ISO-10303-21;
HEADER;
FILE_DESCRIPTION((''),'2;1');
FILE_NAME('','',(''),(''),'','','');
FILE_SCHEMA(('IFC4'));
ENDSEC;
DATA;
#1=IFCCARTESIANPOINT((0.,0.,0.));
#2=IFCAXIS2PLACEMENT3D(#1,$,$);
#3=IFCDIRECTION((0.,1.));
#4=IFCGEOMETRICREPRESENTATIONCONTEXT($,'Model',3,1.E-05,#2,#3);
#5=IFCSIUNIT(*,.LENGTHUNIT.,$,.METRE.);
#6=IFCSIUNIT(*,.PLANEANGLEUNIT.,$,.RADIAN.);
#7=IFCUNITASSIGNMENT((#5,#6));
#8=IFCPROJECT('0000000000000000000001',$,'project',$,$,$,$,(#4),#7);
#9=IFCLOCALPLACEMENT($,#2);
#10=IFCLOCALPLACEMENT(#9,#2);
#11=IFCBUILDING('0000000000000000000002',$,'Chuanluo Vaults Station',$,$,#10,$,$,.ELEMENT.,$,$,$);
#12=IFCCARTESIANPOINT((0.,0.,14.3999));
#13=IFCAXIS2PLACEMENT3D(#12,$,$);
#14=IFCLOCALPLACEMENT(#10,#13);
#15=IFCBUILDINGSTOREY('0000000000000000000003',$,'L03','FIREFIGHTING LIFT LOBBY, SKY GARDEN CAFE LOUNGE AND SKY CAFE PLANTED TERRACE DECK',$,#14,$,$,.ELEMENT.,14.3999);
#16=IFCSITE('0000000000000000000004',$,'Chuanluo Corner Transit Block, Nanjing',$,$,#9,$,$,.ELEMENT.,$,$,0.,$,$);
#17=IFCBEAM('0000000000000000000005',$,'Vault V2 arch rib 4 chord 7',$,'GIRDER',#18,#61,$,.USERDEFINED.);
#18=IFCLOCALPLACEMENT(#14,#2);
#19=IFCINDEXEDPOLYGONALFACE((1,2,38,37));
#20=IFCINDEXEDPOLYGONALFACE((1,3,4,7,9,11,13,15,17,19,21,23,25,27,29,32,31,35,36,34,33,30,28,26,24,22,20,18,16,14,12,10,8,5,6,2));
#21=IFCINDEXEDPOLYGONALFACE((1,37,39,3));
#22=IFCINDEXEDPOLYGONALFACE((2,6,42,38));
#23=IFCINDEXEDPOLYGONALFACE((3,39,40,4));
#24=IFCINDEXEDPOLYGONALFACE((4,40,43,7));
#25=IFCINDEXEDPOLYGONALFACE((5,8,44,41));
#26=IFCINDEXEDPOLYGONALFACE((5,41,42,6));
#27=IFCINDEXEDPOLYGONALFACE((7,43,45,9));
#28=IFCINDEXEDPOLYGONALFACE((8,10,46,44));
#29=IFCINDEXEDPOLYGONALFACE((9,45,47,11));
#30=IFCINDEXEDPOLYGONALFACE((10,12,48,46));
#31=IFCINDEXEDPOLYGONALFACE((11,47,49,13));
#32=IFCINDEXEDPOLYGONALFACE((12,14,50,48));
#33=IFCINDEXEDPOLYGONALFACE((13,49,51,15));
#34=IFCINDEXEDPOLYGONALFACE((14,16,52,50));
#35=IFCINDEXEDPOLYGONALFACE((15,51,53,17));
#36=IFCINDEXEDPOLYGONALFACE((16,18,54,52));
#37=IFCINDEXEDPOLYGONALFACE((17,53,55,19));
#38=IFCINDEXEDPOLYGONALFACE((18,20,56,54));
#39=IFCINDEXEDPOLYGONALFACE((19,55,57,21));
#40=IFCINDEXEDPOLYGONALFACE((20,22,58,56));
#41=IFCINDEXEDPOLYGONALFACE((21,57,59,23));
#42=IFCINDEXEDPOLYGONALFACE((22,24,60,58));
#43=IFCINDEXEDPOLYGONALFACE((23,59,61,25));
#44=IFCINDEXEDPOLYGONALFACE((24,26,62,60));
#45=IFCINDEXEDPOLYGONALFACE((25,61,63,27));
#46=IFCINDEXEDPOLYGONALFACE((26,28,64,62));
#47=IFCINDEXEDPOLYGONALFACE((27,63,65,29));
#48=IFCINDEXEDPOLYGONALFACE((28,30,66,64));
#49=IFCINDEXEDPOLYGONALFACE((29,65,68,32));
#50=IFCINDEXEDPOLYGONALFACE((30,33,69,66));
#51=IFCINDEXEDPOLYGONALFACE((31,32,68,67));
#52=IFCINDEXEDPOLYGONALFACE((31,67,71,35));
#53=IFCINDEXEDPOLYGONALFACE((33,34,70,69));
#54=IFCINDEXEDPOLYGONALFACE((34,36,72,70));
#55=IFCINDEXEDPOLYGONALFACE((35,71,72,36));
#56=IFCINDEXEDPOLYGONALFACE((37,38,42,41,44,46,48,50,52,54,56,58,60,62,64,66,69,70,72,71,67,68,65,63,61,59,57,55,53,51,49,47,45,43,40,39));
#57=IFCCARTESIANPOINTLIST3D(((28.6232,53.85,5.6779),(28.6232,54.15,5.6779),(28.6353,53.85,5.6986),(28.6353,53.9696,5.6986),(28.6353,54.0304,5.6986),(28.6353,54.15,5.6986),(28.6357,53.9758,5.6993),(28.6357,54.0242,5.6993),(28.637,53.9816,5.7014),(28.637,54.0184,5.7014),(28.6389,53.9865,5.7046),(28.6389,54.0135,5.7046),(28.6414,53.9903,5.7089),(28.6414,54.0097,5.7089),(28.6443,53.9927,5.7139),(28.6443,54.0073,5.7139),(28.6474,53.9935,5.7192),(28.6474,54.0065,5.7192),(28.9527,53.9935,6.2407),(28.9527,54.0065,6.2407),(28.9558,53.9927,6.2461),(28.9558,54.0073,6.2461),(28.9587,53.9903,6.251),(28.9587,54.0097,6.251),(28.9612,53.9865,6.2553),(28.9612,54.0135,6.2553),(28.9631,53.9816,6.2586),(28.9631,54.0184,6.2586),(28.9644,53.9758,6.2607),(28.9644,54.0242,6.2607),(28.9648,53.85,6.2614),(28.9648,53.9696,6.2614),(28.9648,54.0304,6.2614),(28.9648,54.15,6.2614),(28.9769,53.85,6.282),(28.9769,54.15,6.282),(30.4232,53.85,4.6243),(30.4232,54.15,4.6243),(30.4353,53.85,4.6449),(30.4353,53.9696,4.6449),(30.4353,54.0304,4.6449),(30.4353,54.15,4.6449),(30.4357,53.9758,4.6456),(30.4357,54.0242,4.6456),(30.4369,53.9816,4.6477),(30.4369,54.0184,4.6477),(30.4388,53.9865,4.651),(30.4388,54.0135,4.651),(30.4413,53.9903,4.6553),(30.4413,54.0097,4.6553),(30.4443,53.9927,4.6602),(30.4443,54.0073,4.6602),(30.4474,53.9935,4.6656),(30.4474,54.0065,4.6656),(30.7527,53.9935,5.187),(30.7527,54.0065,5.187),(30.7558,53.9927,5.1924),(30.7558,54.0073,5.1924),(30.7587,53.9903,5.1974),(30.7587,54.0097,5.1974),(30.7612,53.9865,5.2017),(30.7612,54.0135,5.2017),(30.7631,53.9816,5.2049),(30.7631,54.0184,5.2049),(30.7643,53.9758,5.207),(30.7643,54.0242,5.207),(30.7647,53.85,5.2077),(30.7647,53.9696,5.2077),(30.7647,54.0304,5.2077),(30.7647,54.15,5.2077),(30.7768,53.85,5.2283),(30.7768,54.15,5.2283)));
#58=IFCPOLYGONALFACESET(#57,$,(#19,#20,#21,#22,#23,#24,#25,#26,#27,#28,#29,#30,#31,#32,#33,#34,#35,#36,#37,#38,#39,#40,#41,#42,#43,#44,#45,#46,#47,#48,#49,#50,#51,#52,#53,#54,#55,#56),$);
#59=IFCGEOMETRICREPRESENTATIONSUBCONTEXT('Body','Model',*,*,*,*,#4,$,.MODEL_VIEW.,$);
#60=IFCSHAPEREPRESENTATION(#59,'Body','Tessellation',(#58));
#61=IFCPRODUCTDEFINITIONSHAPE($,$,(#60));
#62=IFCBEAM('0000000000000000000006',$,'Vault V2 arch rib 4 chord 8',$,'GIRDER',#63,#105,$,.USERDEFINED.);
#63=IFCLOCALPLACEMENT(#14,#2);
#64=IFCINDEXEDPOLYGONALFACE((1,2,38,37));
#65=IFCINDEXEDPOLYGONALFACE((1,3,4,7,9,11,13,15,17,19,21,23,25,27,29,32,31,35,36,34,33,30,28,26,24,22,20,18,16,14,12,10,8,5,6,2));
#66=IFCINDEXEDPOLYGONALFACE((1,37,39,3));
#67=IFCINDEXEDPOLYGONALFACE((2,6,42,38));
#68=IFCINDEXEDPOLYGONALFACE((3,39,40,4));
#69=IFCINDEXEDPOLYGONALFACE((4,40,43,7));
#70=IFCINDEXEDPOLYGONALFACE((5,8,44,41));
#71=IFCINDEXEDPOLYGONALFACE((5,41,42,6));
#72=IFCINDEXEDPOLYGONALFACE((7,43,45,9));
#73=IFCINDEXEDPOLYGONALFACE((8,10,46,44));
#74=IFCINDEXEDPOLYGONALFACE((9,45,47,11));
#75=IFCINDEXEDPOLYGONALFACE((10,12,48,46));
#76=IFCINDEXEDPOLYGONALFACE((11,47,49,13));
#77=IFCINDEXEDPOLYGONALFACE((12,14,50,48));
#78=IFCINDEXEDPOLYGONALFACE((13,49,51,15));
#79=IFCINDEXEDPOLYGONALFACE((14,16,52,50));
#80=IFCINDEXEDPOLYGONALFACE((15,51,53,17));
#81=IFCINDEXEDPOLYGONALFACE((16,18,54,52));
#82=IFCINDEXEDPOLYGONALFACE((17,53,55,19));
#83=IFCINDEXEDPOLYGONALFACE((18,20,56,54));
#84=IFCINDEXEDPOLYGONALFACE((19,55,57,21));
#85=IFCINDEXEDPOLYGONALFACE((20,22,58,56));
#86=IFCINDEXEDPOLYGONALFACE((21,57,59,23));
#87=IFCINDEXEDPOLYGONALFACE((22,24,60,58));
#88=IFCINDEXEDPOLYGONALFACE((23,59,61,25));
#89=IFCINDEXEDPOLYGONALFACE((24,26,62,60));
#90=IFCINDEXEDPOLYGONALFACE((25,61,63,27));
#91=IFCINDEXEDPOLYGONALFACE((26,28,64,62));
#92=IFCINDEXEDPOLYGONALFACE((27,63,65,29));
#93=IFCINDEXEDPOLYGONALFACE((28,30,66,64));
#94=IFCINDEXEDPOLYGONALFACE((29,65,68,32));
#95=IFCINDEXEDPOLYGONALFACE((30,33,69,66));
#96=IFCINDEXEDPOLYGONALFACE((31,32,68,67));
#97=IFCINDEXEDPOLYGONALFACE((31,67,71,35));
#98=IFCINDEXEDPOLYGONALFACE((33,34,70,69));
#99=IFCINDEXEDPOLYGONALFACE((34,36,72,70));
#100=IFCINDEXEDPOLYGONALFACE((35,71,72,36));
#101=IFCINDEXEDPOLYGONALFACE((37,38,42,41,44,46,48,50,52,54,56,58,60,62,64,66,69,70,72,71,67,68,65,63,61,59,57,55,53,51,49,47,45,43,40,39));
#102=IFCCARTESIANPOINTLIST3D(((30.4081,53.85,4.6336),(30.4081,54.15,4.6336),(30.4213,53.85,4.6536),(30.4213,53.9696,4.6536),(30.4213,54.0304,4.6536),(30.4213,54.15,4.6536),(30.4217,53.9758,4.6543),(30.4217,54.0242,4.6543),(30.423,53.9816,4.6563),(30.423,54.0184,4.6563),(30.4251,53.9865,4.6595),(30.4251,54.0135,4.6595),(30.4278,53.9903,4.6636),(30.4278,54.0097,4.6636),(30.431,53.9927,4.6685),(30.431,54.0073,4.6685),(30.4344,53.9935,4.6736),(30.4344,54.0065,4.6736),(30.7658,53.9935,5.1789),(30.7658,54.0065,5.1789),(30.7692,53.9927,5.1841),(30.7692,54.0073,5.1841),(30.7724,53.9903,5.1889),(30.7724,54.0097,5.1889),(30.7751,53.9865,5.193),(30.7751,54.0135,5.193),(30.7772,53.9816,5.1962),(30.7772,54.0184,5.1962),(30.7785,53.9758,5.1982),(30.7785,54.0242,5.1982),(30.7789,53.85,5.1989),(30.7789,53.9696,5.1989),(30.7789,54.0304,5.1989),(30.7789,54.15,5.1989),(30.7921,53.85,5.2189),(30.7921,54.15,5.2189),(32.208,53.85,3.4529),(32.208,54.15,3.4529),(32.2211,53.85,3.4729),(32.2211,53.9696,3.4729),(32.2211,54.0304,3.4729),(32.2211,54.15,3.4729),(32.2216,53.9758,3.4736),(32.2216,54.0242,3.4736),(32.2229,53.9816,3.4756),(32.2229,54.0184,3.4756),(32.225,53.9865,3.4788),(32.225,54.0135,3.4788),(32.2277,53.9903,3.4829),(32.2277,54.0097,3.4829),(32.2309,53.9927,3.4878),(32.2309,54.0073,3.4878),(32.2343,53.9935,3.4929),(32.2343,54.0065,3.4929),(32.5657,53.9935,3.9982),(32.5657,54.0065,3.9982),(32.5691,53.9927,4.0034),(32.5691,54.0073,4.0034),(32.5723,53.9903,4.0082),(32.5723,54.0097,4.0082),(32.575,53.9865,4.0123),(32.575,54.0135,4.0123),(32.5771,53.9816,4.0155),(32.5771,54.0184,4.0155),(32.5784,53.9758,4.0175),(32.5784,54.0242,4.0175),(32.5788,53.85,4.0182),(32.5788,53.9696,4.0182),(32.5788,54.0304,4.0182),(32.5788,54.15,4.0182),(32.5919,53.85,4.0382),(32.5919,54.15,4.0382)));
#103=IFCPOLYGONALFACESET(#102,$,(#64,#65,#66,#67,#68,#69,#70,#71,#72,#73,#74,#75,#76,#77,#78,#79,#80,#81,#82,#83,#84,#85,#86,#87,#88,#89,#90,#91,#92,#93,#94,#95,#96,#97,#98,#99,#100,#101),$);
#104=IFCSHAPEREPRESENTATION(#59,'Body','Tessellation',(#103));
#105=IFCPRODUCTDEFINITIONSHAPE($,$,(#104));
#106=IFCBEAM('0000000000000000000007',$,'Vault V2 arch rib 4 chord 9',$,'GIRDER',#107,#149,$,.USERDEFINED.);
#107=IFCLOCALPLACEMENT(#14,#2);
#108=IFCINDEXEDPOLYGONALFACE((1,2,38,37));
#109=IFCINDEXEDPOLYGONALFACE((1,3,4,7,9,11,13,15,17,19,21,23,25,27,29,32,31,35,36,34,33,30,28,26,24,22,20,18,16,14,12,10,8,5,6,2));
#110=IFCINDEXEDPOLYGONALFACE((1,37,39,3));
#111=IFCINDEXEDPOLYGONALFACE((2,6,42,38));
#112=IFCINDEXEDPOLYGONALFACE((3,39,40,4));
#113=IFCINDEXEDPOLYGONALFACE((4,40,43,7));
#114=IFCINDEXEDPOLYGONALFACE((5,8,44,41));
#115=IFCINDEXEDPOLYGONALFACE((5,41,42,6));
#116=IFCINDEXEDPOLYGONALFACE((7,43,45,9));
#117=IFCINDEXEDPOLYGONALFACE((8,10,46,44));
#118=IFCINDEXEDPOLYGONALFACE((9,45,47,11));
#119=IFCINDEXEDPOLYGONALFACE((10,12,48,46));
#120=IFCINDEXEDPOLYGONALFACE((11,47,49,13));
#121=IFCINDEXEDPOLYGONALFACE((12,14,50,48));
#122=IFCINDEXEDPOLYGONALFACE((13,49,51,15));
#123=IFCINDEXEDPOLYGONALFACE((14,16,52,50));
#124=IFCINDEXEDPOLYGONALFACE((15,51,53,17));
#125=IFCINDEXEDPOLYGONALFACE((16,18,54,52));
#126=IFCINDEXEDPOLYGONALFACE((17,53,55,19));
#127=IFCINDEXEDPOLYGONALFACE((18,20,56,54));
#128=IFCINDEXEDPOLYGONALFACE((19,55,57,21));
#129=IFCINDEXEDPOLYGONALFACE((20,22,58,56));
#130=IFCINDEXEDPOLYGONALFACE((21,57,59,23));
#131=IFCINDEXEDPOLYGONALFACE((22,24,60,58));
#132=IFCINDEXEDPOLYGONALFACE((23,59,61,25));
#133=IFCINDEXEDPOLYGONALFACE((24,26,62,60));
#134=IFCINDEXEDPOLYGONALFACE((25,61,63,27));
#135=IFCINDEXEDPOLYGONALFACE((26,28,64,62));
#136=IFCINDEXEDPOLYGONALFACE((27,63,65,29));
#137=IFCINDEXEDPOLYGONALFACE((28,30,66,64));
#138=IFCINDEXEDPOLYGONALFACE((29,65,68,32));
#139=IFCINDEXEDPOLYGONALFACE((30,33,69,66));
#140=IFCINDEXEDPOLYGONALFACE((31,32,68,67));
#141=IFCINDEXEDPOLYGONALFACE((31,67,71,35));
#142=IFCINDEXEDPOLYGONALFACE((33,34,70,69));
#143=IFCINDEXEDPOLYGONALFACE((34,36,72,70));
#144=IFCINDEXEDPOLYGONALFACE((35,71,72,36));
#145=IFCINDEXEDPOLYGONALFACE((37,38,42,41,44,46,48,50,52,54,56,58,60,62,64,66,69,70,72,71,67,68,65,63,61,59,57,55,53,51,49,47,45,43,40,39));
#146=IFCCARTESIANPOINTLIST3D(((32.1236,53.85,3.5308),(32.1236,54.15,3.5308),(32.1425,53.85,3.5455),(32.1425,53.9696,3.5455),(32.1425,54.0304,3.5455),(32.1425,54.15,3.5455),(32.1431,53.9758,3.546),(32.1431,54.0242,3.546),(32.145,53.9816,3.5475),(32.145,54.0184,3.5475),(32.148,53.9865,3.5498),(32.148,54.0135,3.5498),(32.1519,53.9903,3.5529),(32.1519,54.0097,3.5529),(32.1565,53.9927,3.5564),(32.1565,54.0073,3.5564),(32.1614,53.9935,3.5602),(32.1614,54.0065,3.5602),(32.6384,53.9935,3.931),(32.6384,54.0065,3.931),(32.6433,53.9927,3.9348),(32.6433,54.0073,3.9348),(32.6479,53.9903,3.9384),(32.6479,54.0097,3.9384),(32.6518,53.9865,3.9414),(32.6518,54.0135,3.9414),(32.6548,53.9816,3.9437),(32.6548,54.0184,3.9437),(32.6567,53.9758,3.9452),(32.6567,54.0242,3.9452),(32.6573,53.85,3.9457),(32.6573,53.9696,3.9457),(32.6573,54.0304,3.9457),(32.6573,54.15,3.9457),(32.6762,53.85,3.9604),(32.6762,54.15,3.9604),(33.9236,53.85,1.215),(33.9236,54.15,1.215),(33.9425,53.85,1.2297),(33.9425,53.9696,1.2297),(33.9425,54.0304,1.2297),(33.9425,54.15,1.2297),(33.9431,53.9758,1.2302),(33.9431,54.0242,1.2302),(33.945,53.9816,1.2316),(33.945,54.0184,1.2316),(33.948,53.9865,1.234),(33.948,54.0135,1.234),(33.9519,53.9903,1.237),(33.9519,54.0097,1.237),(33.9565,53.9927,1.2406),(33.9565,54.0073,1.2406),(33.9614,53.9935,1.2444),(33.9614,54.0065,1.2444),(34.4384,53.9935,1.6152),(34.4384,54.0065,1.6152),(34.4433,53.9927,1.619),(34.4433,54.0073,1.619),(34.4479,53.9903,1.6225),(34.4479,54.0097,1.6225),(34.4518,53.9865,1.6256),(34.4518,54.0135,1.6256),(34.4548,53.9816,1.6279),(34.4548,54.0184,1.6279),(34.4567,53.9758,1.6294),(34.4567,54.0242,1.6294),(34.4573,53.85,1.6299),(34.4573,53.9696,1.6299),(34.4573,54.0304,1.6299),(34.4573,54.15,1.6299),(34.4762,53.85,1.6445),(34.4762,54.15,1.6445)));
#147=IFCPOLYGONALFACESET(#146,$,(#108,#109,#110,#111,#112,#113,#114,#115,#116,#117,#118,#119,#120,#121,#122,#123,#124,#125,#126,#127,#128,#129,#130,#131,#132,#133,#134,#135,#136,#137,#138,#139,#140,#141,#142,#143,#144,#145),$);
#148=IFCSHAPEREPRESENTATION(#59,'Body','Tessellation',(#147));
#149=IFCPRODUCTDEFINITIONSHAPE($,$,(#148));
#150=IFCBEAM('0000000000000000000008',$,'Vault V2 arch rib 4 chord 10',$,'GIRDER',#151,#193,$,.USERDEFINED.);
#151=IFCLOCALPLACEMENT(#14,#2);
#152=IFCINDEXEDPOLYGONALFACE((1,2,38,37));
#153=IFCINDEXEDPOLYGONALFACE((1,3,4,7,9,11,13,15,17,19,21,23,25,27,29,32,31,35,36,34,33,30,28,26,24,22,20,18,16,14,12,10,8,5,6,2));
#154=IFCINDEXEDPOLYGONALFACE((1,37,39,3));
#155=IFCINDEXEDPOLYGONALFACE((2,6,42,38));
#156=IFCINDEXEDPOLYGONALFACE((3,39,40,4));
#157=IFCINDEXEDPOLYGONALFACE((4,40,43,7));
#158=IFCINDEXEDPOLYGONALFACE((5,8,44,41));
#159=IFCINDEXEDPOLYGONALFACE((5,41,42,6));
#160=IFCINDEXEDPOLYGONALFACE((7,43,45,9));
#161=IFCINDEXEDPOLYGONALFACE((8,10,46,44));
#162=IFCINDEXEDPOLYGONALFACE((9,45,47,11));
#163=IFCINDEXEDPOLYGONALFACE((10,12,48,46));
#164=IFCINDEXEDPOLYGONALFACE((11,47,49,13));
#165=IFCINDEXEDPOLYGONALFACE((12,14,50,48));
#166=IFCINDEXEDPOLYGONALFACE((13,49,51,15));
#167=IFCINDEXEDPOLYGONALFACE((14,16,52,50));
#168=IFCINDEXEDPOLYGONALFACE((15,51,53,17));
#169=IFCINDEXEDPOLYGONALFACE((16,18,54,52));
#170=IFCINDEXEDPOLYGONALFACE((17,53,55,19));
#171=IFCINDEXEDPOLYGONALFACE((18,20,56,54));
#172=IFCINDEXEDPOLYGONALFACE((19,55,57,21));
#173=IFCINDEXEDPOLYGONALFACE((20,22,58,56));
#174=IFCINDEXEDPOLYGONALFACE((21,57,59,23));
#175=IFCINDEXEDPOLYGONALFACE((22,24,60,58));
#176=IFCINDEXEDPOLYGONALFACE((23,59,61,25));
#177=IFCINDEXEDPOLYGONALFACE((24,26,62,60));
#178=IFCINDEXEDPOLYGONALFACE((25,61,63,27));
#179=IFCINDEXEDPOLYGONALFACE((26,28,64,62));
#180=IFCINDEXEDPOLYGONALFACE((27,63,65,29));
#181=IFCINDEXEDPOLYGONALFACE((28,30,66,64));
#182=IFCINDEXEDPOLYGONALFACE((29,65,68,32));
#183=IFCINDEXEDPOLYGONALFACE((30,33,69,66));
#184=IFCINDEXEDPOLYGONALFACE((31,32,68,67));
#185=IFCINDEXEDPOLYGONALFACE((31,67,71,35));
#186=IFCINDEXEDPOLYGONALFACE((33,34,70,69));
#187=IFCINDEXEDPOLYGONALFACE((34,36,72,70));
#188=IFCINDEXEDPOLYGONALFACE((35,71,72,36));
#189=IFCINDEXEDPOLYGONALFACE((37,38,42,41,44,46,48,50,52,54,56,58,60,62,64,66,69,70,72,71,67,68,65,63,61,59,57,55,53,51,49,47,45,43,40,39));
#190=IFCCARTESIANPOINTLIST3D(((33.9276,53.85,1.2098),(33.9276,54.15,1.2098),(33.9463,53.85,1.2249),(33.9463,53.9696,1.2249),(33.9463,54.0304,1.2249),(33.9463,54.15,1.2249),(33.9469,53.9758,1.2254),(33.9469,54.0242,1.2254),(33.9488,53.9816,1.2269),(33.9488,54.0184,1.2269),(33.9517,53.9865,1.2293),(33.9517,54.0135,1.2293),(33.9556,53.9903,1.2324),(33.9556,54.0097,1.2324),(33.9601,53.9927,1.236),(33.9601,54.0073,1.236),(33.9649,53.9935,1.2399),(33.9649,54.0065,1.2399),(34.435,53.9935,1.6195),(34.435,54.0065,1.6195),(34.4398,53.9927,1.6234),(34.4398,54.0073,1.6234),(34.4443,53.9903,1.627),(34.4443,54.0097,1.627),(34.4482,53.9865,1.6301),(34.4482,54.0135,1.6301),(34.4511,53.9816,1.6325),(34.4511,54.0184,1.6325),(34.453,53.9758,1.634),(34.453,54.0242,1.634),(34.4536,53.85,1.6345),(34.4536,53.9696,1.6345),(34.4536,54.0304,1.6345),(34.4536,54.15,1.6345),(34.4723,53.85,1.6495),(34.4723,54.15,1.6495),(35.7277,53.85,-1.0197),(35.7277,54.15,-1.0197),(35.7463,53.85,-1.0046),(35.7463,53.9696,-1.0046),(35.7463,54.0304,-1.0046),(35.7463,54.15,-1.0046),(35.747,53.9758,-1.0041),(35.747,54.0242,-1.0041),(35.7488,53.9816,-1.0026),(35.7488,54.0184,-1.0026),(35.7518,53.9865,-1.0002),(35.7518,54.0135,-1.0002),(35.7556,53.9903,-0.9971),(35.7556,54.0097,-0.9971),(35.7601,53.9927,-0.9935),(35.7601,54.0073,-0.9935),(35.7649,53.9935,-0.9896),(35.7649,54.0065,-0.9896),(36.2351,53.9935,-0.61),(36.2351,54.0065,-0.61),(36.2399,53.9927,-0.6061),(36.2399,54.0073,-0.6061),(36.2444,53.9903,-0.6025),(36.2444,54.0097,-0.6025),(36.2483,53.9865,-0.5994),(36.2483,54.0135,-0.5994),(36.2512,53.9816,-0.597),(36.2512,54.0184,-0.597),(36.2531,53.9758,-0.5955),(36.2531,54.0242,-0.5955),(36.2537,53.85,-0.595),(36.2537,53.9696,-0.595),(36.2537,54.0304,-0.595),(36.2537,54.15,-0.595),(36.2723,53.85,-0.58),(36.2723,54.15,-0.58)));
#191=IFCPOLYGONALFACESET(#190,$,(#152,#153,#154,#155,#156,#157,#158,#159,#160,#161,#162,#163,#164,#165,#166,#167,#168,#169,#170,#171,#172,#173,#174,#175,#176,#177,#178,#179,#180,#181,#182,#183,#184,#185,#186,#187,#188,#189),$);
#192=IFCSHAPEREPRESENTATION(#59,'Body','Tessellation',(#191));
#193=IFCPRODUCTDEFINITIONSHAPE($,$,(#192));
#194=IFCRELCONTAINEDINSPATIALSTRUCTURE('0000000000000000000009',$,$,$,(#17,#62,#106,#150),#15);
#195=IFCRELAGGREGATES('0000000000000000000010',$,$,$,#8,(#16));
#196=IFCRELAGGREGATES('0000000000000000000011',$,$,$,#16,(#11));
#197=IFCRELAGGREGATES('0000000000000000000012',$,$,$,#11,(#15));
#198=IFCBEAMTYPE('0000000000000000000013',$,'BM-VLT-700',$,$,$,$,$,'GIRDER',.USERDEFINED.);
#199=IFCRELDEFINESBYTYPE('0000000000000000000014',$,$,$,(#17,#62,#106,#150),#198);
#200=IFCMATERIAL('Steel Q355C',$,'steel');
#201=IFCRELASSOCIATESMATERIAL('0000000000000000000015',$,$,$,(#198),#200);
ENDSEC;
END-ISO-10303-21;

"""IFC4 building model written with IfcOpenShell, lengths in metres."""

from ifc_helpers import new_model, si_unit, direction, frame, origin, origin_2d, place, context, subcontext, project, spatial, i_section, extrude, material, material_profile, profile_set, type_object, element, save


model = new_model("IFC4")

# Units and contexts
model_context = context("Model", 3, precision=1e-05, world=origin(), true_north=direction((0.0, 1.0)))
body_context = subcontext(model_context, "Body", "Model", "MODEL_VIEW")
ifc_project = project(units=[si_unit("LENGTHUNIT", "METRE"), si_unit("PLANEANGLEUNIT", "RADIAN")], contexts=[model_context])

# Site, building, storey
site_placement = place(None, origin())
site = spatial("IfcSite", under=ifc_project, at=site_placement, Name="Chuanluo Corner Transit Block, Nanjing", CompositionType="ELEMENT", RefElevation=0.0)
building_placement = place(site_placement, origin())
building = spatial("IfcBuilding", under=site, at=building_placement, Name="Chuanluo Vaults Station", CompositionType="ELEMENT")
storey_placement = place(building_placement, frame((0.0, 0.0, 14.3999)))
storey = spatial("IfcBuildingStorey", under=building, at=storey_placement, Name="L03", Description="FIREFIGHTING LIFT LOBBY, SKY GARDEN CAFE LOUNGE AND SKY CAFE PLANTED TERRACE DECK", CompositionType="ELEMENT", Elevation=14.3999)

# Beams
ifc_material_1 = material(Name="Steel Q355C", Category="steel")
ifc_material_profile_1 = material_profile(ifc_material_1, i_section(OverallWidth=0.3, OverallDepth=0.7, WebThickness=0.0129, FlangeThickness=0.0239, FilletRadius=0.0239, at=origin_2d()))
ifc_profile_set_1 = profile_set([ifc_material_profile_1], Name="Steel Q355C")
beam_type_1 = type_object("IfcBeamType", Name="BM-VLT-700", ElementType="GIRDER", PredefinedType="USERDEFINED", material=ifc_profile_set_1)
beam_1_placement = place(storey_placement, frame((28.8, 54.0, 5.98), z_axis=(0.863009, 0.0, -0.505188), x_axis=(0.0, 1.0, 0.0)))
element("IfcBeam", 1, at=beam_1_placement, inside=storey, type_object=beam_type_1, Name="Vault V2 arch rib 4 chord 7", ObjectType="GIRDER", PredefinedType="USERDEFINED", context=body_context, shape_type="SweptSolid", body=[
    extrude(i_section(OverallWidth=0.3, OverallDepth=0.7, WebThickness=0.0129, FlangeThickness=0.0239, FilletRadius=0.0239, at=origin_2d()), origin(), (0.0, 0.0, 1.0), 2.0857),
])
beam_2_placement = place(storey_placement, frame((30.6001, 54.0, 4.9263), z_axis=(0.836145, 0.0, -0.548508), x_axis=(0.0, 1.0, 0.0)))
element("IfcBeam", 2, at=beam_2_placement, inside=storey, type_object=beam_type_1, Name="Vault V2 arch rib 4 chord 8", ObjectType="GIRDER", PredefinedType="USERDEFINED", context=body_context, shape_type="SweptSolid", body=[
    extrude(i_section(OverallWidth=0.3, OverallDepth=0.7, WebThickness=0.0129, FlangeThickness=0.0239, FilletRadius=0.0239, at=origin_2d()), origin(), (0.0, 0.0, 1.0), 2.1526),
])
beam_3_placement = place(storey_placement, frame((32.3999, 54.0, 3.7456), z_axis=(0.613681, 0.0, -0.789554), x_axis=(0.0, 1.0, 0.0)))
element("IfcBeam", 3, at=beam_3_placement, inside=storey, type_object=beam_type_1, Name="Vault V2 arch rib 4 chord 9", ObjectType="GIRDER", PredefinedType="USERDEFINED", context=body_context, shape_type="SweptSolid", body=[
    extrude(i_section(OverallWidth=0.3, OverallDepth=0.7, WebThickness=0.0129, FlangeThickness=0.0239, FilletRadius=0.0239, at=origin_2d()), origin(), (0.0, 0.0, 1.0), 2.9331),
])
beam_4_placement = place(storey_placement, frame((34.2, 54.0, 1.4297), z_axis=(0.62819, 0.0, -0.77806), x_axis=(0.0, 1.0, 0.0)))
element("IfcBeam", 4, at=beam_4_placement, inside=storey, type_object=beam_type_1, Name="Vault V2 arch rib 4 chord 10", ObjectType="GIRDER", PredefinedType="USERDEFINED", context=body_context, shape_type="SweptSolid", body=[
    extrude(i_section(OverallWidth=0.3, OverallDepth=0.7, WebThickness=0.0129, FlangeThickness=0.0239, FilletRadius=0.0239, at=origin_2d()), origin(), (0.0, 0.0, 1.0), 2.8655),
])

save(model, "model.ifc")
